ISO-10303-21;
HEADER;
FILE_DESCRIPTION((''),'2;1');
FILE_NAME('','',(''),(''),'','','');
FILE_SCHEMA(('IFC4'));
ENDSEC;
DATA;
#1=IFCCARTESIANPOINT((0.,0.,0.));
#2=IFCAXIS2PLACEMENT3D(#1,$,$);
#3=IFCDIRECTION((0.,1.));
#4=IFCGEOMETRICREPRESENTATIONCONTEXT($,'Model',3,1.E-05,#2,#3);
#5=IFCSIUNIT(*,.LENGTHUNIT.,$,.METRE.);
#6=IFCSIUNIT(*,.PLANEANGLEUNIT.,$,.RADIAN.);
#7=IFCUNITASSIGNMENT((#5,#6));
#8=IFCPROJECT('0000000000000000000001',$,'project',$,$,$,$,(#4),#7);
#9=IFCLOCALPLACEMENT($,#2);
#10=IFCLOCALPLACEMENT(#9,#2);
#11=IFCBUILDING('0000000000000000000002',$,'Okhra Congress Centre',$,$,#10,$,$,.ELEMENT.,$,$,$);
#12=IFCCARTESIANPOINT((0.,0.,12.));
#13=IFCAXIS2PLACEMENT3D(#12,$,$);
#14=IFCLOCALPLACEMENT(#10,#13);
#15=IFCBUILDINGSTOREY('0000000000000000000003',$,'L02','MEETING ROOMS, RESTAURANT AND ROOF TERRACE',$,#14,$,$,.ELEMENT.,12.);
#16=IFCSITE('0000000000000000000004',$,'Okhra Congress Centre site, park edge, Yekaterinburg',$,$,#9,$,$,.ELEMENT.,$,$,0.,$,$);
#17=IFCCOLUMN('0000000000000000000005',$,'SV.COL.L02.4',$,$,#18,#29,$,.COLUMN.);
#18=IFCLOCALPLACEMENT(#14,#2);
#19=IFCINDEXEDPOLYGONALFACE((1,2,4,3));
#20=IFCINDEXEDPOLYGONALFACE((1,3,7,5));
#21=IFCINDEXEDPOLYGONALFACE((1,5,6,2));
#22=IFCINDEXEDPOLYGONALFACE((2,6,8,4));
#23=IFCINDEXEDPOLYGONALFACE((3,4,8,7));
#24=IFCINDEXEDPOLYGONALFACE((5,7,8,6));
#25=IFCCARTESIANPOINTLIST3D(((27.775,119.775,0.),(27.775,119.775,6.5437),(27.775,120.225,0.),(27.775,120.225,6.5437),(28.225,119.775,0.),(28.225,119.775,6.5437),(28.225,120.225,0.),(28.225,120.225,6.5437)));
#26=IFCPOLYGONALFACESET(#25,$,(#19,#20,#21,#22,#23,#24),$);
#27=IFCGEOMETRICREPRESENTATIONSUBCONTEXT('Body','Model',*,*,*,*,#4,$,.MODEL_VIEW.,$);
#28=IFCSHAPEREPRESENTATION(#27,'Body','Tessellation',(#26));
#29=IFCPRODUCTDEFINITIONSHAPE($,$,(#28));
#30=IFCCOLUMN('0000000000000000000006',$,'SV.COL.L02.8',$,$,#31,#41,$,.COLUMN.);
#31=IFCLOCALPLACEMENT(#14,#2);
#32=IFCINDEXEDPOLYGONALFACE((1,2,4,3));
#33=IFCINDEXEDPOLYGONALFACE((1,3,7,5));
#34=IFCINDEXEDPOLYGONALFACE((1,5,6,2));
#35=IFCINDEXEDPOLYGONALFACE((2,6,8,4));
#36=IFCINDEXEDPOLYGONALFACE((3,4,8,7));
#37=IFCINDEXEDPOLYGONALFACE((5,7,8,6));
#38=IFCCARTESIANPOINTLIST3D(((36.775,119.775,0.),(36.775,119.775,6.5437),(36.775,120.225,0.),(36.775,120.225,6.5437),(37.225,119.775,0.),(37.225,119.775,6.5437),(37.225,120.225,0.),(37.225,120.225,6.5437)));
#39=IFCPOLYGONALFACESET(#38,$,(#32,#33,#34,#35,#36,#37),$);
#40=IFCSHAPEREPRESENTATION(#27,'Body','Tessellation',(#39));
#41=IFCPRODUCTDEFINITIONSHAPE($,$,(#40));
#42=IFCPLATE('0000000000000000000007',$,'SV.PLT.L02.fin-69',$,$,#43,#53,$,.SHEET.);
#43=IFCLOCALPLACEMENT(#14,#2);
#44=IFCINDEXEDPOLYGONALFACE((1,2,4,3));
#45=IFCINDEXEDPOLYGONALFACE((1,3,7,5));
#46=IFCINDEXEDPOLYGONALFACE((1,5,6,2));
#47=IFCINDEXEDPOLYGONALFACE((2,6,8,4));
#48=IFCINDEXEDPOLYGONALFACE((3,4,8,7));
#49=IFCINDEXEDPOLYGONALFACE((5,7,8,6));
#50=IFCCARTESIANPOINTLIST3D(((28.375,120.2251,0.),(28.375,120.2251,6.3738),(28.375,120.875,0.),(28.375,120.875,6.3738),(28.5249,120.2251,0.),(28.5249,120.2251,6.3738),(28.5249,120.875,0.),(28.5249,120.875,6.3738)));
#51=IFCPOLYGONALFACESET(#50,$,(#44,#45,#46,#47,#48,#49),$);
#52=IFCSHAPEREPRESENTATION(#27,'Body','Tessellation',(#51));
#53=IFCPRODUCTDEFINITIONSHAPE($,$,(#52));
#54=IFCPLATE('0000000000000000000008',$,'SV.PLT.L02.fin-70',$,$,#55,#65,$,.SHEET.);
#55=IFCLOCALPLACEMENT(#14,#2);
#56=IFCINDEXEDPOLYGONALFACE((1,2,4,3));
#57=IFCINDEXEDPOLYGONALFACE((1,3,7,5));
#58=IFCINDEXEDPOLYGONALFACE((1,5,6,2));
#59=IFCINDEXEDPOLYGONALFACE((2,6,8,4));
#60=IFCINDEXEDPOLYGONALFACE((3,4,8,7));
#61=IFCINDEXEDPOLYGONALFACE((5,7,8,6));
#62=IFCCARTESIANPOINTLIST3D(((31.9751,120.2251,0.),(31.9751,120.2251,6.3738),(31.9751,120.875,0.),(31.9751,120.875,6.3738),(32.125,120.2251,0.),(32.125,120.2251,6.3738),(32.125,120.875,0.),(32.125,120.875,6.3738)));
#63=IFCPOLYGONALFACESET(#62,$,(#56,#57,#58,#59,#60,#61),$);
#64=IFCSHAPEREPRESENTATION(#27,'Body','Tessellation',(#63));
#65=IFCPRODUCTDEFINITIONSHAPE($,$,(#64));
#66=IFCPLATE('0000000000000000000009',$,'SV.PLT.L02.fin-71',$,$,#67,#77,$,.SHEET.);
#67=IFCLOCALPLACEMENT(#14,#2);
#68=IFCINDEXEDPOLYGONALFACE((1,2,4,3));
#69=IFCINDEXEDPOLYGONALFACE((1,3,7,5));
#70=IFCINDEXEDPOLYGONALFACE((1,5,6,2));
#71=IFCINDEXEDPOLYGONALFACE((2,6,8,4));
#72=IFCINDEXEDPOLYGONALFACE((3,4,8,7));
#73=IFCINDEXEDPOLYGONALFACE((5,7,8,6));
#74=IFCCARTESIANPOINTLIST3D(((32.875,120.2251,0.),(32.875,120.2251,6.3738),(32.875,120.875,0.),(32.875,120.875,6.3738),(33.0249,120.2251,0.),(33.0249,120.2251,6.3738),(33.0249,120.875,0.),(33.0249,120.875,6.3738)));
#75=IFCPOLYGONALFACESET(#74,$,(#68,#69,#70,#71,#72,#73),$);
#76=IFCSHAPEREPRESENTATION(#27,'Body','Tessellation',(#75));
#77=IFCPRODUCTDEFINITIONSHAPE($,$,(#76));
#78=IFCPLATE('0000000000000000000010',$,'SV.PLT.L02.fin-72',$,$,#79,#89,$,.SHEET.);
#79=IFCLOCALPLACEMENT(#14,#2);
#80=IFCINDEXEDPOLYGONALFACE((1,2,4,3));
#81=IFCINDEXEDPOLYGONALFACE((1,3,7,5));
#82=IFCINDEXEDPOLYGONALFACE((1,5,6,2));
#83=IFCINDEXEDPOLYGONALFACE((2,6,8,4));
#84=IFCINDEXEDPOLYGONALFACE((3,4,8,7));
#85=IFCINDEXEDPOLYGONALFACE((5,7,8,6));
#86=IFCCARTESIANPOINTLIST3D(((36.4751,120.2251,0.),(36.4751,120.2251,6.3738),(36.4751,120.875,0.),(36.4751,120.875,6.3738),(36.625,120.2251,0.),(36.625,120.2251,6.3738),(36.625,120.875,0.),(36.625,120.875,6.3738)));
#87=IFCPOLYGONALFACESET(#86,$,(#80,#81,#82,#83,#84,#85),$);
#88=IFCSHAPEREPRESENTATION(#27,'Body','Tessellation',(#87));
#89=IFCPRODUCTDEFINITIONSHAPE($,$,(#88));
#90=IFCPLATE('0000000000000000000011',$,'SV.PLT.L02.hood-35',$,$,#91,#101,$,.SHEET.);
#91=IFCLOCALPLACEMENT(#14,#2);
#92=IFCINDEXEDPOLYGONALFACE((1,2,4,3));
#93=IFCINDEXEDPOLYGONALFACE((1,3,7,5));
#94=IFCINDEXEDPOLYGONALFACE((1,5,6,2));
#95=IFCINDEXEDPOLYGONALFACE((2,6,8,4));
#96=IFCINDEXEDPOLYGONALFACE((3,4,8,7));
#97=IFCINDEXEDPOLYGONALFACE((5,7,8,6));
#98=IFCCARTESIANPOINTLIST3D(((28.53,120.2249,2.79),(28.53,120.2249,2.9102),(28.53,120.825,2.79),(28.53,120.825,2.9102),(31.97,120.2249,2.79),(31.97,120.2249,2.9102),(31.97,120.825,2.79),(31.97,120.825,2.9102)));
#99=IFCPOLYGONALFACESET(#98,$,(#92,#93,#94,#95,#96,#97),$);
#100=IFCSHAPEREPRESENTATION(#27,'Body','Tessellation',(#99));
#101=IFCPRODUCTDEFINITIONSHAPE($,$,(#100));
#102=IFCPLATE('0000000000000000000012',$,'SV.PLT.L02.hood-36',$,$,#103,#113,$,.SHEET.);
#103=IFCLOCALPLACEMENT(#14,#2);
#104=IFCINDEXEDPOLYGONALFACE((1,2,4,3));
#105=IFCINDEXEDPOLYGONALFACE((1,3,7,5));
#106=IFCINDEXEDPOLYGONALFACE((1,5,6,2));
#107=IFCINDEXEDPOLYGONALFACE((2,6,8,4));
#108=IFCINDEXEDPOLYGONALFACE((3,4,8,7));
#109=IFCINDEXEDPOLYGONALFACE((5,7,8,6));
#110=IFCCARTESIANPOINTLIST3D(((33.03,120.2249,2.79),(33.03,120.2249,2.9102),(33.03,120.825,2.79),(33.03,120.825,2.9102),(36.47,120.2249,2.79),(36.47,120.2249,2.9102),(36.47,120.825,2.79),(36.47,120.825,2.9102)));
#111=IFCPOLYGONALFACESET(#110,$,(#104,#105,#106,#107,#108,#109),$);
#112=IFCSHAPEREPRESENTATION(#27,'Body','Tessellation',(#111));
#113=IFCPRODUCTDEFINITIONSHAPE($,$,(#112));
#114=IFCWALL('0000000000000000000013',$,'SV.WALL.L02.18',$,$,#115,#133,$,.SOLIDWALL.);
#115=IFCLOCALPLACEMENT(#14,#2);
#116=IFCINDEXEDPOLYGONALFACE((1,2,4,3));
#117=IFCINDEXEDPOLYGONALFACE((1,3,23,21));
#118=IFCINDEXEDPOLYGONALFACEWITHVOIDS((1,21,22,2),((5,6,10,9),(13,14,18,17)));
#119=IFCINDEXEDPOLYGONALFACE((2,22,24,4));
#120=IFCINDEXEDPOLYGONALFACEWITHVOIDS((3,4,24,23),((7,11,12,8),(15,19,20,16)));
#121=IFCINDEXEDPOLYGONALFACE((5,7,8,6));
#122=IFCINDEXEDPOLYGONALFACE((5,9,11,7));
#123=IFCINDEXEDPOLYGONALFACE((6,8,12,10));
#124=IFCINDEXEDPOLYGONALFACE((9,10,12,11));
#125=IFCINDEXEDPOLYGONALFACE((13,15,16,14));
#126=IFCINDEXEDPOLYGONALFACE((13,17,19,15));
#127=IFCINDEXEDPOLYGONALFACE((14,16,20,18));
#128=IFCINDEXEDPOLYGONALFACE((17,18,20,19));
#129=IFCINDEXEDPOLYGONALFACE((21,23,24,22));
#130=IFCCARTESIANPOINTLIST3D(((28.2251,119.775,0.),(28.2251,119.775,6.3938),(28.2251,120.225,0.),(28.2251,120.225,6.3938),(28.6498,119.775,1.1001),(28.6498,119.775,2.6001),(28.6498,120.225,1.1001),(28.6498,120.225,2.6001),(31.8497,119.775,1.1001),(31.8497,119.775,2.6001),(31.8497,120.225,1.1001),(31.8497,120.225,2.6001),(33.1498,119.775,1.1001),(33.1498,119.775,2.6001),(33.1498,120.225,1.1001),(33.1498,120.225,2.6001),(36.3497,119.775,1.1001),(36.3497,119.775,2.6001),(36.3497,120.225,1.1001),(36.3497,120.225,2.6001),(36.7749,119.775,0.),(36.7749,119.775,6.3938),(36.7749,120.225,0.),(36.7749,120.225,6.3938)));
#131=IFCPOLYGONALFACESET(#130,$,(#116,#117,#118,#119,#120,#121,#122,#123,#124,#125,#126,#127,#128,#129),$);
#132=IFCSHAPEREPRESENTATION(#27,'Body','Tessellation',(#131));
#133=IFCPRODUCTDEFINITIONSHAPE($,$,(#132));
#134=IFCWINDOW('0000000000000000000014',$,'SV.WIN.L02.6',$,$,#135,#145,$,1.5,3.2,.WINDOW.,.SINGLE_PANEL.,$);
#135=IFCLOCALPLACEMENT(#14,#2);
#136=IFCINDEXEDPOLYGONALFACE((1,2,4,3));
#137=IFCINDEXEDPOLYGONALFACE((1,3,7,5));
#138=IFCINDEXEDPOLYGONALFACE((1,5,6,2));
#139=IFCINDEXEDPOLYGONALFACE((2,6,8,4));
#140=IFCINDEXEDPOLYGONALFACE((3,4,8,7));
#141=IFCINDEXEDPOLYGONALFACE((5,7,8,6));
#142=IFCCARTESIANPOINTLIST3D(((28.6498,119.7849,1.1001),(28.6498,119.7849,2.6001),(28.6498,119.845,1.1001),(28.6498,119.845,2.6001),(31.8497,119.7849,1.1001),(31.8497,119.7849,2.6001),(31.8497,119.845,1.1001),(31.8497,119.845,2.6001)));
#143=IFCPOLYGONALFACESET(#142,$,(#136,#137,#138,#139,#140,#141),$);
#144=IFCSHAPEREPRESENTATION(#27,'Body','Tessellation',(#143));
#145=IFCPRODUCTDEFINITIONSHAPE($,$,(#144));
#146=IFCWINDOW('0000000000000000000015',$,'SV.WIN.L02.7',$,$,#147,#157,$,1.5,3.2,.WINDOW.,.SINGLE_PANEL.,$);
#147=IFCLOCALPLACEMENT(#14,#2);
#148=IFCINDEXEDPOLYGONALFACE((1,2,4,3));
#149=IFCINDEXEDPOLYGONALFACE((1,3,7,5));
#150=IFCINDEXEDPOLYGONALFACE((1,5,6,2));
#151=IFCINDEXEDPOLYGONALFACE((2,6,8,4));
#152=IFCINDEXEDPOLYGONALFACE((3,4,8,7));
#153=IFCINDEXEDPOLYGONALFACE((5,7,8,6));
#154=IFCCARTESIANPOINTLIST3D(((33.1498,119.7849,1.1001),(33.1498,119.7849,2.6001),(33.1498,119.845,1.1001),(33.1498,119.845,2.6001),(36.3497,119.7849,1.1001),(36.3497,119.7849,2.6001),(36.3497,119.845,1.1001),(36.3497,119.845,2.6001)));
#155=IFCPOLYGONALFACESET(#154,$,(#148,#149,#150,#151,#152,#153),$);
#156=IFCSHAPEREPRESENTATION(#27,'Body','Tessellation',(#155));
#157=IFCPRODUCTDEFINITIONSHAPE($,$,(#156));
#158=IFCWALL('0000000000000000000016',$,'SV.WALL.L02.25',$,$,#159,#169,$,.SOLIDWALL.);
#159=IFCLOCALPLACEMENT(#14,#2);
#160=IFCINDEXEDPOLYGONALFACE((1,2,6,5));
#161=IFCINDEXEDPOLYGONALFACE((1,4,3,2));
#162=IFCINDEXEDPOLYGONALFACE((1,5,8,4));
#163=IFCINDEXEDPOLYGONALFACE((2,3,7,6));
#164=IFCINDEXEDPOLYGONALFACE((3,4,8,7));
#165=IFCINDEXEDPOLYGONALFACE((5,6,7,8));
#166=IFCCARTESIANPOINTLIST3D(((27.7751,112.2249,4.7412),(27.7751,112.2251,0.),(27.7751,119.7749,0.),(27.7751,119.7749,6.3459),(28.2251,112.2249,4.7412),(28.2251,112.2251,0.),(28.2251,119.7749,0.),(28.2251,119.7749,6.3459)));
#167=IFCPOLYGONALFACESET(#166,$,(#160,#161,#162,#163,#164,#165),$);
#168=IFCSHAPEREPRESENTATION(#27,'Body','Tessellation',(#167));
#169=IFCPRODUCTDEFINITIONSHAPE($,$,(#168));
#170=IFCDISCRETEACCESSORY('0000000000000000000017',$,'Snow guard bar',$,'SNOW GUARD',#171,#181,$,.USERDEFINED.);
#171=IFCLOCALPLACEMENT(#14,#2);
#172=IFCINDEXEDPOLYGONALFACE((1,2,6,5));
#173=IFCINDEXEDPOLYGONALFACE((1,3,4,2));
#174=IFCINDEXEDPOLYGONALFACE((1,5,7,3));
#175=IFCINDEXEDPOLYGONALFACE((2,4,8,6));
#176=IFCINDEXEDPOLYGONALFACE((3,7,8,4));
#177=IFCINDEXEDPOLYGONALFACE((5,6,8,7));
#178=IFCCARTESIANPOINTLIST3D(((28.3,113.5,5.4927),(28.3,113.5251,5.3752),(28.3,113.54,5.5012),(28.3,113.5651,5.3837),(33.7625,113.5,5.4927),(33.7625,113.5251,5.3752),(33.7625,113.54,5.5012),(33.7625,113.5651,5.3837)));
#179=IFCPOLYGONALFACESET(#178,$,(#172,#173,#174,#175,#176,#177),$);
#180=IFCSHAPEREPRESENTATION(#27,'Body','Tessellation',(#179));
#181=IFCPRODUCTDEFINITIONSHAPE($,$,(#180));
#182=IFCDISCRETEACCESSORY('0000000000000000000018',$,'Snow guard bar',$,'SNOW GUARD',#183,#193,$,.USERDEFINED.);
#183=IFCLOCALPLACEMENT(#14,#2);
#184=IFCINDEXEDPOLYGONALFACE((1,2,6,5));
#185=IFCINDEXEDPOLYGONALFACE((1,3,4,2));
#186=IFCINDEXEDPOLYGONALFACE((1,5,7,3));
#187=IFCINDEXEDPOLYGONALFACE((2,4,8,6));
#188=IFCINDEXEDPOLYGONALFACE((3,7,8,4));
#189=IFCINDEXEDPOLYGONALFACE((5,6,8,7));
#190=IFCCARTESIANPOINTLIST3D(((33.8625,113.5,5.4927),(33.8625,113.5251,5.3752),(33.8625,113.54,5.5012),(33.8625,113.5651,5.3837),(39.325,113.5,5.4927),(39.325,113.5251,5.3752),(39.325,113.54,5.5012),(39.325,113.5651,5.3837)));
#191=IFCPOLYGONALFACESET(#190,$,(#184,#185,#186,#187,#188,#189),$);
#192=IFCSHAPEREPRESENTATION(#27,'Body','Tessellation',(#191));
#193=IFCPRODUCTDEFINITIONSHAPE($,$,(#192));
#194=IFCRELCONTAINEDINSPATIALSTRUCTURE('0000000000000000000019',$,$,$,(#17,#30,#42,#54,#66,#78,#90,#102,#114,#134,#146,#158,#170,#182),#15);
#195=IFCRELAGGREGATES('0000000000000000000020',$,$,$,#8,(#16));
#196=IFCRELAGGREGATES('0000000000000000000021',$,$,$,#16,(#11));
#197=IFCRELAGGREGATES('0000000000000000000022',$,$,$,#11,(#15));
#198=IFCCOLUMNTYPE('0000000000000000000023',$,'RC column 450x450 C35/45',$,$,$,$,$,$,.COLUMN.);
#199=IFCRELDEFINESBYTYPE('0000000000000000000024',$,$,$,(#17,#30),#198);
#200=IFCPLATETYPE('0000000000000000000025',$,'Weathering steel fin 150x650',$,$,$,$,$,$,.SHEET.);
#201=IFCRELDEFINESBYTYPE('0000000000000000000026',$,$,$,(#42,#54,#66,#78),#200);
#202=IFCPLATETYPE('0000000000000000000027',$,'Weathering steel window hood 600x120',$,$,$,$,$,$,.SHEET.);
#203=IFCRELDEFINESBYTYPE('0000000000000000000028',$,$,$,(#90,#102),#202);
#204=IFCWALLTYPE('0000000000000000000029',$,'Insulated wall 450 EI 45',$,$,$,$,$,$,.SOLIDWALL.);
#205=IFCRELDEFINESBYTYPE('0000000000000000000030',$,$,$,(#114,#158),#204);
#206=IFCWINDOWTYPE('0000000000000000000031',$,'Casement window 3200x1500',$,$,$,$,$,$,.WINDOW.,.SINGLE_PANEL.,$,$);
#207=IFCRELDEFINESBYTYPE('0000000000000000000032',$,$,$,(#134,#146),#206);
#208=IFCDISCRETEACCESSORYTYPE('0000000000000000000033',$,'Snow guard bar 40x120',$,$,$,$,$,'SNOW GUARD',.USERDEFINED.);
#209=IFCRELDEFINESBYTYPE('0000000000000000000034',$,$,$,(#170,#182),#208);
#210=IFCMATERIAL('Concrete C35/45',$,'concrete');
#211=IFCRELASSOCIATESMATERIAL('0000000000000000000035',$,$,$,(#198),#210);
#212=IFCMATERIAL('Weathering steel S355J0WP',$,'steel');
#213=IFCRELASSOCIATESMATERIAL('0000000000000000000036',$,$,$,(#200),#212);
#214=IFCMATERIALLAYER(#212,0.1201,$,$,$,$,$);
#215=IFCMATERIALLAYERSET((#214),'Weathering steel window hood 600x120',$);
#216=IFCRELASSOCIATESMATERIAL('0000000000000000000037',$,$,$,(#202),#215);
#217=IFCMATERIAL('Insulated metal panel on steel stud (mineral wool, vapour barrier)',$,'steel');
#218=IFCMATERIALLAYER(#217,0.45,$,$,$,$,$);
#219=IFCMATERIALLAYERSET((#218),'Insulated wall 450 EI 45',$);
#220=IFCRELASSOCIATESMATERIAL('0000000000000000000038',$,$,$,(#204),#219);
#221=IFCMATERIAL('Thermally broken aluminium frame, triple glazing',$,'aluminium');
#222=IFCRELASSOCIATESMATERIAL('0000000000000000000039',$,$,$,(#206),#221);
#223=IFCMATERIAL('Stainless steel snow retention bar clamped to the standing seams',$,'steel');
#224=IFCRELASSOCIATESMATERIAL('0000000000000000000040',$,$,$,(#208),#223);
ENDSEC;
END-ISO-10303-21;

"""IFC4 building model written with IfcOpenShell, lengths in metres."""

from ifc_helpers import new_model, si_unit, direction, frame, frame_2d, origin, origin_2d, place, context, subcontext, project, spatial, polyline, rectangle, outline, extrude, material, layer, layer_set, material_profile, profile_set, type_object, element, fill, save


model = new_model("IFC4")

# Units and contexts
model_context = context("Model", 3, precision=1e-05, world=origin(), true_north=direction((0.0, 1.0)))
body_context = subcontext(model_context, "Body", "Model", "MODEL_VIEW")
ifc_project = project(units=[si_unit("LENGTHUNIT", "METRE"), si_unit("PLANEANGLEUNIT", "RADIAN")], contexts=[model_context])

# Site, building, storey
site_placement = place(None, origin())
site = spatial("IfcSite", under=ifc_project, at=site_placement, Name="Okhra Congress Centre site, park edge, Yekaterinburg", CompositionType="ELEMENT", RefElevation=0.0)
building_placement = place(site_placement, origin())
building = spatial("IfcBuilding", under=site, at=building_placement, Name="Okhra Congress Centre", CompositionType="ELEMENT")
storey_placement = place(building_placement, frame((0.0, 0.0, 12.0)))
storey = spatial("IfcBuildingStorey", under=building, at=storey_placement, Name="L02", Description="MEETING ROOMS, RESTAURANT AND ROOF TERRACE", CompositionType="ELEMENT", Elevation=12.0)

# Columns
ifc_material_1 = material(Name="Concrete C35/45", Category="concrete")
ifc_material_profile = material_profile(ifc_material_1, rectangle(XDim=0.45, YDim=0.45, at=origin_2d()), Name="RC 450x450")
ifc_profile_set = profile_set([ifc_material_profile], Name="Concrete C35/45")
column_type = type_object("IfcColumnType", Name="RC column 450x450 C35/45", PredefinedType="COLUMN", material=ifc_profile_set)
for number, where, z_axis, x_axis, name in (
    (1, (28.0, 120.0, 0.0), (0.0, 0.0, 1.0), (1.0, 0.0, 0.0), "SV.COL.L02.4"),
    (2, (37.0, 120.0, 0.0), (0.0, 0.0, 1.0), (1.0, 0.0, 0.0), "SV.COL.L02.8"),
):
    element("IfcColumn", number, at=place(storey_placement, frame(where, z_axis=z_axis, x_axis=x_axis)), inside=storey, type_object=column_type, Name=name, PredefinedType="COLUMN", context=body_context, shape_type="SweptSolid", body=[
        extrude(rectangle(XDim=0.45, YDim=0.45, at=origin_2d()), origin(), (0.0, 0.0, 1.0), 6.5437),
    ])

# Plates
ifc_material_2 = material(Name="Weathering steel S355J0WP", Category="steel")
plate_type_1 = type_object("IfcPlateType", Name="Weathering steel fin 150x650", PredefinedType="SHEET", material=ifc_material_2)
for number, where, z_axis, x_axis, name in (
    (3, (28.45, 120.55, 0.0), (0.0, 0.0, 1.0), (-1.0, 0.0, 0.0), "SV.PLT.L02.fin-69"),
    (4, (32.05, 120.55, 0.0), (0.0, 0.0, 1.0), (-1.0, 0.0, 0.0), "SV.PLT.L02.fin-70"),
    (5, (32.95, 120.55, 0.0), (0.0, 0.0, 1.0), (-1.0, 0.0, 0.0), "SV.PLT.L02.fin-71"),
    (6, (36.55, 120.55, 0.0), (0.0, 0.0, 1.0), (-1.0, 0.0, 0.0), "SV.PLT.L02.fin-72"),
):
    element("IfcPlate", number, at=place(storey_placement, frame(where, z_axis=z_axis, x_axis=x_axis)), inside=storey, type_object=plate_type_1, Name=name, PredefinedType="SHEET", context=body_context, shape_type="SweptSolid", body=[
        extrude(rectangle(XDim=0.1499, YDim=0.6499, at=origin_2d()), origin(), (0.0, 0.0, 1.0), 6.3738),
    ])
ifc_layer_1 = layer(ifc_material_2, 0.1201)
ifc_layer_set_1 = layer_set([ifc_layer_1], Name="Weathering steel window hood 600x120")
plate_type_2 = type_object("IfcPlateType", Name="Weathering steel window hood 600x120", PredefinedType="SHEET", material=ifc_layer_set_1)
for number, where, z_axis, x_axis, name in (
    (7, (30.25, 120.5249, 2.79), (0.0, 0.0, 1.0), (-1.0, 0.0, 0.0), "SV.PLT.L02.hood-35"),
    (8, (34.75, 120.5249, 2.79), (0.0, 0.0, 1.0), (-1.0, 0.0, 0.0), "SV.PLT.L02.hood-36"),
):
    element("IfcPlate", number, at=place(storey_placement, frame(where, z_axis=z_axis, x_axis=x_axis)), inside=storey, type_object=plate_type_2, Name=name, PredefinedType="SHEET", context=body_context, shape_type="SweptSolid", body=[
        extrude(rectangle(XDim=3.4399, YDim=0.6001, at=origin_2d()), origin(), (0.0, 0.0, 1.0), 0.1201),
    ])

# Wall, openings, windows
ifc_material_3 = material(Name="Insulated metal panel on steel stud (mineral wool, vapour barrier)", Category="steel")
ifc_layer_2 = layer(ifc_material_3, 0.45)
ifc_layer_set_2 = layer_set([ifc_layer_2], Name="Insulated wall 450 EI 45")
wall_type = type_object("IfcWallType", Name="Insulated wall 450 EI 45", PredefinedType="SOLIDWALL", material=ifc_layer_set_2)
wall_1_placement = place(storey_placement, frame((36.7749, 120.0, 0.0), z_axis=(0.0, 0.0, 1.0), x_axis=(-1.0, 0.0, 0.0)))
wall_1 = element("IfcWall", 9, at=wall_1_placement, inside=storey, type_object=wall_type, Name="SV.WALL.L02.18", PredefinedType="SOLIDWALL", context=body_context, shape_type="SweptSolid", body=[
    extrude(rectangle(XDim=8.5498, YDim=0.45, at=frame_2d((4.2749, 0.0))), origin(), (0.0, 0.0, 1.0), 6.3938),
])
opening_1_placement = place(wall_1_placement, frame((4.925, 0.0, 1.1001)))
opening_1 = element("IfcOpeningElement", 10, at=opening_1_placement, cuts=wall_1, PredefinedType="OPENING", context=body_context, shape_type="SweptSolid", body=[
    extrude(rectangle(XDim=3.2, YDim=1.5, at=frame_2d((1.6001, 0.75))), frame((0.0, 0.2349, 0.0), z_axis=(0.0, -1.0, 0.0), x_axis=(1.0, 0.0, 0.0)), (0.0, 0.0, 1.0), 0.47),
])
opening_2_placement = place(wall_1_placement, frame((0.425, 0.0, 1.1001)))
opening_2 = element("IfcOpeningElement", 11, at=opening_2_placement, cuts=wall_1, PredefinedType="OPENING", context=body_context, shape_type="SweptSolid", body=[
    extrude(rectangle(XDim=3.2, YDim=1.5, at=frame_2d((1.6001, 0.75))), frame((0.0, 0.2349, 0.0), z_axis=(0.0, -1.0, 0.0), x_axis=(1.0, 0.0, 0.0)), (0.0, 0.0, 1.0), 0.47),
])
ifc_material_4 = material(Name="Thermally broken aluminium frame, triple glazing", Category="aluminium")
window_type = type_object("IfcWindowType", Name="Casement window 3200x1500", PartitioningType="SINGLE_PANEL", PredefinedType="WINDOW", material=ifc_material_4)
window_1_placement = place(opening_1_placement, origin())
window_1 = element("IfcWindow", 12, at=window_1_placement, inside=storey, type_object=window_type, Name="SV.WIN.L02.6", OverallHeight=1.5, OverallWidth=3.2, PartitioningType="SINGLE_PANEL", PredefinedType="WINDOW", context=body_context, shape_type="SweptSolid", body=[
    extrude(rectangle(XDim=3.2, YDim=1.5, at=frame_2d((1.6001, 0.75))), frame((0.0, 0.2151, 0.0), z_axis=(0.0, -1.0, 0.0), x_axis=(1.0, 0.0, 0.0)), (0.0, 0.0, 1.0), 0.0601),
])
fill(opening_1, window_1)
window_2_placement = place(opening_2_placement, origin())
window_2 = element("IfcWindow", 13, at=window_2_placement, inside=storey, type_object=window_type, Name="SV.WIN.L02.7", OverallHeight=1.5, OverallWidth=3.2, PartitioningType="SINGLE_PANEL", PredefinedType="WINDOW", context=body_context, shape_type="SweptSolid", body=[
    extrude(rectangle(XDim=3.2, YDim=1.5, at=frame_2d((1.6001, 0.75))), frame((0.0, 0.2151, 0.0), z_axis=(0.0, -1.0, 0.0), x_axis=(1.0, 0.0, 0.0)), (0.0, 0.0, 1.0), 0.0601),
])
fill(opening_2, window_2)

# Wall
wall_2_placement = place(storey_placement, frame((28.0, 119.7749, 0.0), z_axis=(0.0, 0.0, 1.0), x_axis=(0.0, -1.0, 0.0)))
element("IfcWall", 14, at=wall_2_placement, inside=storey, type_object=wall_type, Name="SV.WALL.L02.25", PredefinedType="SOLIDWALL", context=body_context, shape_type="SweptSolid", body=[
    extrude(outline(polyline([(0.0, 0.0), (7.5498, 0.0), (7.55, 4.7412), (0.0, 6.3459), (0.0, 0.0)])), frame((0.0, 0.2251, 0.0), z_axis=(0.0, -1.0, 0.0), x_axis=(1.0, 0.0, 0.0)), (0.0, 0.0, 1.0), 0.45),
])

# Discrete accessories
ifc_material_5 = material(Name="Stainless steel snow retention bar clamped to the standing seams", Category="steel")
discrete_accessory_type = type_object("IfcDiscreteAccessoryType", Name="Snow guard bar 40x120", ElementType="SNOW GUARD", PredefinedType="USERDEFINED", material=ifc_material_5)
for number, where, z_axis, x_axis, name in (
    (15, (28.3, 113.5, 5.4927), (0.0, -0.208715, 0.977977), (1.0, 0.0, 0.0), "Snow guard bar"),
    (16, (33.8625, 113.5, 5.4927), (0.0, -0.208715, 0.977977), (1.0, 0.0, 0.0), "Snow guard bar"),
):
    element("IfcDiscreteAccessory", number, at=place(storey_placement, frame(where, z_axis=z_axis, x_axis=x_axis)), inside=storey, type_object=discrete_accessory_type, Name=name, ObjectType="SNOW GUARD", PredefinedType="USERDEFINED", context=body_context, shape_type="SweptSolid", body=[
        extrude(outline(polyline([(0.0, 0.0), (5.4624, 0.0), (5.4624, 0.0409), (0.0, 0.0409), (0.0, 0.0)])), origin(), (0.0, 0.0, -1.0), 0.1201),
    ])

save(model, "model.ifc")
